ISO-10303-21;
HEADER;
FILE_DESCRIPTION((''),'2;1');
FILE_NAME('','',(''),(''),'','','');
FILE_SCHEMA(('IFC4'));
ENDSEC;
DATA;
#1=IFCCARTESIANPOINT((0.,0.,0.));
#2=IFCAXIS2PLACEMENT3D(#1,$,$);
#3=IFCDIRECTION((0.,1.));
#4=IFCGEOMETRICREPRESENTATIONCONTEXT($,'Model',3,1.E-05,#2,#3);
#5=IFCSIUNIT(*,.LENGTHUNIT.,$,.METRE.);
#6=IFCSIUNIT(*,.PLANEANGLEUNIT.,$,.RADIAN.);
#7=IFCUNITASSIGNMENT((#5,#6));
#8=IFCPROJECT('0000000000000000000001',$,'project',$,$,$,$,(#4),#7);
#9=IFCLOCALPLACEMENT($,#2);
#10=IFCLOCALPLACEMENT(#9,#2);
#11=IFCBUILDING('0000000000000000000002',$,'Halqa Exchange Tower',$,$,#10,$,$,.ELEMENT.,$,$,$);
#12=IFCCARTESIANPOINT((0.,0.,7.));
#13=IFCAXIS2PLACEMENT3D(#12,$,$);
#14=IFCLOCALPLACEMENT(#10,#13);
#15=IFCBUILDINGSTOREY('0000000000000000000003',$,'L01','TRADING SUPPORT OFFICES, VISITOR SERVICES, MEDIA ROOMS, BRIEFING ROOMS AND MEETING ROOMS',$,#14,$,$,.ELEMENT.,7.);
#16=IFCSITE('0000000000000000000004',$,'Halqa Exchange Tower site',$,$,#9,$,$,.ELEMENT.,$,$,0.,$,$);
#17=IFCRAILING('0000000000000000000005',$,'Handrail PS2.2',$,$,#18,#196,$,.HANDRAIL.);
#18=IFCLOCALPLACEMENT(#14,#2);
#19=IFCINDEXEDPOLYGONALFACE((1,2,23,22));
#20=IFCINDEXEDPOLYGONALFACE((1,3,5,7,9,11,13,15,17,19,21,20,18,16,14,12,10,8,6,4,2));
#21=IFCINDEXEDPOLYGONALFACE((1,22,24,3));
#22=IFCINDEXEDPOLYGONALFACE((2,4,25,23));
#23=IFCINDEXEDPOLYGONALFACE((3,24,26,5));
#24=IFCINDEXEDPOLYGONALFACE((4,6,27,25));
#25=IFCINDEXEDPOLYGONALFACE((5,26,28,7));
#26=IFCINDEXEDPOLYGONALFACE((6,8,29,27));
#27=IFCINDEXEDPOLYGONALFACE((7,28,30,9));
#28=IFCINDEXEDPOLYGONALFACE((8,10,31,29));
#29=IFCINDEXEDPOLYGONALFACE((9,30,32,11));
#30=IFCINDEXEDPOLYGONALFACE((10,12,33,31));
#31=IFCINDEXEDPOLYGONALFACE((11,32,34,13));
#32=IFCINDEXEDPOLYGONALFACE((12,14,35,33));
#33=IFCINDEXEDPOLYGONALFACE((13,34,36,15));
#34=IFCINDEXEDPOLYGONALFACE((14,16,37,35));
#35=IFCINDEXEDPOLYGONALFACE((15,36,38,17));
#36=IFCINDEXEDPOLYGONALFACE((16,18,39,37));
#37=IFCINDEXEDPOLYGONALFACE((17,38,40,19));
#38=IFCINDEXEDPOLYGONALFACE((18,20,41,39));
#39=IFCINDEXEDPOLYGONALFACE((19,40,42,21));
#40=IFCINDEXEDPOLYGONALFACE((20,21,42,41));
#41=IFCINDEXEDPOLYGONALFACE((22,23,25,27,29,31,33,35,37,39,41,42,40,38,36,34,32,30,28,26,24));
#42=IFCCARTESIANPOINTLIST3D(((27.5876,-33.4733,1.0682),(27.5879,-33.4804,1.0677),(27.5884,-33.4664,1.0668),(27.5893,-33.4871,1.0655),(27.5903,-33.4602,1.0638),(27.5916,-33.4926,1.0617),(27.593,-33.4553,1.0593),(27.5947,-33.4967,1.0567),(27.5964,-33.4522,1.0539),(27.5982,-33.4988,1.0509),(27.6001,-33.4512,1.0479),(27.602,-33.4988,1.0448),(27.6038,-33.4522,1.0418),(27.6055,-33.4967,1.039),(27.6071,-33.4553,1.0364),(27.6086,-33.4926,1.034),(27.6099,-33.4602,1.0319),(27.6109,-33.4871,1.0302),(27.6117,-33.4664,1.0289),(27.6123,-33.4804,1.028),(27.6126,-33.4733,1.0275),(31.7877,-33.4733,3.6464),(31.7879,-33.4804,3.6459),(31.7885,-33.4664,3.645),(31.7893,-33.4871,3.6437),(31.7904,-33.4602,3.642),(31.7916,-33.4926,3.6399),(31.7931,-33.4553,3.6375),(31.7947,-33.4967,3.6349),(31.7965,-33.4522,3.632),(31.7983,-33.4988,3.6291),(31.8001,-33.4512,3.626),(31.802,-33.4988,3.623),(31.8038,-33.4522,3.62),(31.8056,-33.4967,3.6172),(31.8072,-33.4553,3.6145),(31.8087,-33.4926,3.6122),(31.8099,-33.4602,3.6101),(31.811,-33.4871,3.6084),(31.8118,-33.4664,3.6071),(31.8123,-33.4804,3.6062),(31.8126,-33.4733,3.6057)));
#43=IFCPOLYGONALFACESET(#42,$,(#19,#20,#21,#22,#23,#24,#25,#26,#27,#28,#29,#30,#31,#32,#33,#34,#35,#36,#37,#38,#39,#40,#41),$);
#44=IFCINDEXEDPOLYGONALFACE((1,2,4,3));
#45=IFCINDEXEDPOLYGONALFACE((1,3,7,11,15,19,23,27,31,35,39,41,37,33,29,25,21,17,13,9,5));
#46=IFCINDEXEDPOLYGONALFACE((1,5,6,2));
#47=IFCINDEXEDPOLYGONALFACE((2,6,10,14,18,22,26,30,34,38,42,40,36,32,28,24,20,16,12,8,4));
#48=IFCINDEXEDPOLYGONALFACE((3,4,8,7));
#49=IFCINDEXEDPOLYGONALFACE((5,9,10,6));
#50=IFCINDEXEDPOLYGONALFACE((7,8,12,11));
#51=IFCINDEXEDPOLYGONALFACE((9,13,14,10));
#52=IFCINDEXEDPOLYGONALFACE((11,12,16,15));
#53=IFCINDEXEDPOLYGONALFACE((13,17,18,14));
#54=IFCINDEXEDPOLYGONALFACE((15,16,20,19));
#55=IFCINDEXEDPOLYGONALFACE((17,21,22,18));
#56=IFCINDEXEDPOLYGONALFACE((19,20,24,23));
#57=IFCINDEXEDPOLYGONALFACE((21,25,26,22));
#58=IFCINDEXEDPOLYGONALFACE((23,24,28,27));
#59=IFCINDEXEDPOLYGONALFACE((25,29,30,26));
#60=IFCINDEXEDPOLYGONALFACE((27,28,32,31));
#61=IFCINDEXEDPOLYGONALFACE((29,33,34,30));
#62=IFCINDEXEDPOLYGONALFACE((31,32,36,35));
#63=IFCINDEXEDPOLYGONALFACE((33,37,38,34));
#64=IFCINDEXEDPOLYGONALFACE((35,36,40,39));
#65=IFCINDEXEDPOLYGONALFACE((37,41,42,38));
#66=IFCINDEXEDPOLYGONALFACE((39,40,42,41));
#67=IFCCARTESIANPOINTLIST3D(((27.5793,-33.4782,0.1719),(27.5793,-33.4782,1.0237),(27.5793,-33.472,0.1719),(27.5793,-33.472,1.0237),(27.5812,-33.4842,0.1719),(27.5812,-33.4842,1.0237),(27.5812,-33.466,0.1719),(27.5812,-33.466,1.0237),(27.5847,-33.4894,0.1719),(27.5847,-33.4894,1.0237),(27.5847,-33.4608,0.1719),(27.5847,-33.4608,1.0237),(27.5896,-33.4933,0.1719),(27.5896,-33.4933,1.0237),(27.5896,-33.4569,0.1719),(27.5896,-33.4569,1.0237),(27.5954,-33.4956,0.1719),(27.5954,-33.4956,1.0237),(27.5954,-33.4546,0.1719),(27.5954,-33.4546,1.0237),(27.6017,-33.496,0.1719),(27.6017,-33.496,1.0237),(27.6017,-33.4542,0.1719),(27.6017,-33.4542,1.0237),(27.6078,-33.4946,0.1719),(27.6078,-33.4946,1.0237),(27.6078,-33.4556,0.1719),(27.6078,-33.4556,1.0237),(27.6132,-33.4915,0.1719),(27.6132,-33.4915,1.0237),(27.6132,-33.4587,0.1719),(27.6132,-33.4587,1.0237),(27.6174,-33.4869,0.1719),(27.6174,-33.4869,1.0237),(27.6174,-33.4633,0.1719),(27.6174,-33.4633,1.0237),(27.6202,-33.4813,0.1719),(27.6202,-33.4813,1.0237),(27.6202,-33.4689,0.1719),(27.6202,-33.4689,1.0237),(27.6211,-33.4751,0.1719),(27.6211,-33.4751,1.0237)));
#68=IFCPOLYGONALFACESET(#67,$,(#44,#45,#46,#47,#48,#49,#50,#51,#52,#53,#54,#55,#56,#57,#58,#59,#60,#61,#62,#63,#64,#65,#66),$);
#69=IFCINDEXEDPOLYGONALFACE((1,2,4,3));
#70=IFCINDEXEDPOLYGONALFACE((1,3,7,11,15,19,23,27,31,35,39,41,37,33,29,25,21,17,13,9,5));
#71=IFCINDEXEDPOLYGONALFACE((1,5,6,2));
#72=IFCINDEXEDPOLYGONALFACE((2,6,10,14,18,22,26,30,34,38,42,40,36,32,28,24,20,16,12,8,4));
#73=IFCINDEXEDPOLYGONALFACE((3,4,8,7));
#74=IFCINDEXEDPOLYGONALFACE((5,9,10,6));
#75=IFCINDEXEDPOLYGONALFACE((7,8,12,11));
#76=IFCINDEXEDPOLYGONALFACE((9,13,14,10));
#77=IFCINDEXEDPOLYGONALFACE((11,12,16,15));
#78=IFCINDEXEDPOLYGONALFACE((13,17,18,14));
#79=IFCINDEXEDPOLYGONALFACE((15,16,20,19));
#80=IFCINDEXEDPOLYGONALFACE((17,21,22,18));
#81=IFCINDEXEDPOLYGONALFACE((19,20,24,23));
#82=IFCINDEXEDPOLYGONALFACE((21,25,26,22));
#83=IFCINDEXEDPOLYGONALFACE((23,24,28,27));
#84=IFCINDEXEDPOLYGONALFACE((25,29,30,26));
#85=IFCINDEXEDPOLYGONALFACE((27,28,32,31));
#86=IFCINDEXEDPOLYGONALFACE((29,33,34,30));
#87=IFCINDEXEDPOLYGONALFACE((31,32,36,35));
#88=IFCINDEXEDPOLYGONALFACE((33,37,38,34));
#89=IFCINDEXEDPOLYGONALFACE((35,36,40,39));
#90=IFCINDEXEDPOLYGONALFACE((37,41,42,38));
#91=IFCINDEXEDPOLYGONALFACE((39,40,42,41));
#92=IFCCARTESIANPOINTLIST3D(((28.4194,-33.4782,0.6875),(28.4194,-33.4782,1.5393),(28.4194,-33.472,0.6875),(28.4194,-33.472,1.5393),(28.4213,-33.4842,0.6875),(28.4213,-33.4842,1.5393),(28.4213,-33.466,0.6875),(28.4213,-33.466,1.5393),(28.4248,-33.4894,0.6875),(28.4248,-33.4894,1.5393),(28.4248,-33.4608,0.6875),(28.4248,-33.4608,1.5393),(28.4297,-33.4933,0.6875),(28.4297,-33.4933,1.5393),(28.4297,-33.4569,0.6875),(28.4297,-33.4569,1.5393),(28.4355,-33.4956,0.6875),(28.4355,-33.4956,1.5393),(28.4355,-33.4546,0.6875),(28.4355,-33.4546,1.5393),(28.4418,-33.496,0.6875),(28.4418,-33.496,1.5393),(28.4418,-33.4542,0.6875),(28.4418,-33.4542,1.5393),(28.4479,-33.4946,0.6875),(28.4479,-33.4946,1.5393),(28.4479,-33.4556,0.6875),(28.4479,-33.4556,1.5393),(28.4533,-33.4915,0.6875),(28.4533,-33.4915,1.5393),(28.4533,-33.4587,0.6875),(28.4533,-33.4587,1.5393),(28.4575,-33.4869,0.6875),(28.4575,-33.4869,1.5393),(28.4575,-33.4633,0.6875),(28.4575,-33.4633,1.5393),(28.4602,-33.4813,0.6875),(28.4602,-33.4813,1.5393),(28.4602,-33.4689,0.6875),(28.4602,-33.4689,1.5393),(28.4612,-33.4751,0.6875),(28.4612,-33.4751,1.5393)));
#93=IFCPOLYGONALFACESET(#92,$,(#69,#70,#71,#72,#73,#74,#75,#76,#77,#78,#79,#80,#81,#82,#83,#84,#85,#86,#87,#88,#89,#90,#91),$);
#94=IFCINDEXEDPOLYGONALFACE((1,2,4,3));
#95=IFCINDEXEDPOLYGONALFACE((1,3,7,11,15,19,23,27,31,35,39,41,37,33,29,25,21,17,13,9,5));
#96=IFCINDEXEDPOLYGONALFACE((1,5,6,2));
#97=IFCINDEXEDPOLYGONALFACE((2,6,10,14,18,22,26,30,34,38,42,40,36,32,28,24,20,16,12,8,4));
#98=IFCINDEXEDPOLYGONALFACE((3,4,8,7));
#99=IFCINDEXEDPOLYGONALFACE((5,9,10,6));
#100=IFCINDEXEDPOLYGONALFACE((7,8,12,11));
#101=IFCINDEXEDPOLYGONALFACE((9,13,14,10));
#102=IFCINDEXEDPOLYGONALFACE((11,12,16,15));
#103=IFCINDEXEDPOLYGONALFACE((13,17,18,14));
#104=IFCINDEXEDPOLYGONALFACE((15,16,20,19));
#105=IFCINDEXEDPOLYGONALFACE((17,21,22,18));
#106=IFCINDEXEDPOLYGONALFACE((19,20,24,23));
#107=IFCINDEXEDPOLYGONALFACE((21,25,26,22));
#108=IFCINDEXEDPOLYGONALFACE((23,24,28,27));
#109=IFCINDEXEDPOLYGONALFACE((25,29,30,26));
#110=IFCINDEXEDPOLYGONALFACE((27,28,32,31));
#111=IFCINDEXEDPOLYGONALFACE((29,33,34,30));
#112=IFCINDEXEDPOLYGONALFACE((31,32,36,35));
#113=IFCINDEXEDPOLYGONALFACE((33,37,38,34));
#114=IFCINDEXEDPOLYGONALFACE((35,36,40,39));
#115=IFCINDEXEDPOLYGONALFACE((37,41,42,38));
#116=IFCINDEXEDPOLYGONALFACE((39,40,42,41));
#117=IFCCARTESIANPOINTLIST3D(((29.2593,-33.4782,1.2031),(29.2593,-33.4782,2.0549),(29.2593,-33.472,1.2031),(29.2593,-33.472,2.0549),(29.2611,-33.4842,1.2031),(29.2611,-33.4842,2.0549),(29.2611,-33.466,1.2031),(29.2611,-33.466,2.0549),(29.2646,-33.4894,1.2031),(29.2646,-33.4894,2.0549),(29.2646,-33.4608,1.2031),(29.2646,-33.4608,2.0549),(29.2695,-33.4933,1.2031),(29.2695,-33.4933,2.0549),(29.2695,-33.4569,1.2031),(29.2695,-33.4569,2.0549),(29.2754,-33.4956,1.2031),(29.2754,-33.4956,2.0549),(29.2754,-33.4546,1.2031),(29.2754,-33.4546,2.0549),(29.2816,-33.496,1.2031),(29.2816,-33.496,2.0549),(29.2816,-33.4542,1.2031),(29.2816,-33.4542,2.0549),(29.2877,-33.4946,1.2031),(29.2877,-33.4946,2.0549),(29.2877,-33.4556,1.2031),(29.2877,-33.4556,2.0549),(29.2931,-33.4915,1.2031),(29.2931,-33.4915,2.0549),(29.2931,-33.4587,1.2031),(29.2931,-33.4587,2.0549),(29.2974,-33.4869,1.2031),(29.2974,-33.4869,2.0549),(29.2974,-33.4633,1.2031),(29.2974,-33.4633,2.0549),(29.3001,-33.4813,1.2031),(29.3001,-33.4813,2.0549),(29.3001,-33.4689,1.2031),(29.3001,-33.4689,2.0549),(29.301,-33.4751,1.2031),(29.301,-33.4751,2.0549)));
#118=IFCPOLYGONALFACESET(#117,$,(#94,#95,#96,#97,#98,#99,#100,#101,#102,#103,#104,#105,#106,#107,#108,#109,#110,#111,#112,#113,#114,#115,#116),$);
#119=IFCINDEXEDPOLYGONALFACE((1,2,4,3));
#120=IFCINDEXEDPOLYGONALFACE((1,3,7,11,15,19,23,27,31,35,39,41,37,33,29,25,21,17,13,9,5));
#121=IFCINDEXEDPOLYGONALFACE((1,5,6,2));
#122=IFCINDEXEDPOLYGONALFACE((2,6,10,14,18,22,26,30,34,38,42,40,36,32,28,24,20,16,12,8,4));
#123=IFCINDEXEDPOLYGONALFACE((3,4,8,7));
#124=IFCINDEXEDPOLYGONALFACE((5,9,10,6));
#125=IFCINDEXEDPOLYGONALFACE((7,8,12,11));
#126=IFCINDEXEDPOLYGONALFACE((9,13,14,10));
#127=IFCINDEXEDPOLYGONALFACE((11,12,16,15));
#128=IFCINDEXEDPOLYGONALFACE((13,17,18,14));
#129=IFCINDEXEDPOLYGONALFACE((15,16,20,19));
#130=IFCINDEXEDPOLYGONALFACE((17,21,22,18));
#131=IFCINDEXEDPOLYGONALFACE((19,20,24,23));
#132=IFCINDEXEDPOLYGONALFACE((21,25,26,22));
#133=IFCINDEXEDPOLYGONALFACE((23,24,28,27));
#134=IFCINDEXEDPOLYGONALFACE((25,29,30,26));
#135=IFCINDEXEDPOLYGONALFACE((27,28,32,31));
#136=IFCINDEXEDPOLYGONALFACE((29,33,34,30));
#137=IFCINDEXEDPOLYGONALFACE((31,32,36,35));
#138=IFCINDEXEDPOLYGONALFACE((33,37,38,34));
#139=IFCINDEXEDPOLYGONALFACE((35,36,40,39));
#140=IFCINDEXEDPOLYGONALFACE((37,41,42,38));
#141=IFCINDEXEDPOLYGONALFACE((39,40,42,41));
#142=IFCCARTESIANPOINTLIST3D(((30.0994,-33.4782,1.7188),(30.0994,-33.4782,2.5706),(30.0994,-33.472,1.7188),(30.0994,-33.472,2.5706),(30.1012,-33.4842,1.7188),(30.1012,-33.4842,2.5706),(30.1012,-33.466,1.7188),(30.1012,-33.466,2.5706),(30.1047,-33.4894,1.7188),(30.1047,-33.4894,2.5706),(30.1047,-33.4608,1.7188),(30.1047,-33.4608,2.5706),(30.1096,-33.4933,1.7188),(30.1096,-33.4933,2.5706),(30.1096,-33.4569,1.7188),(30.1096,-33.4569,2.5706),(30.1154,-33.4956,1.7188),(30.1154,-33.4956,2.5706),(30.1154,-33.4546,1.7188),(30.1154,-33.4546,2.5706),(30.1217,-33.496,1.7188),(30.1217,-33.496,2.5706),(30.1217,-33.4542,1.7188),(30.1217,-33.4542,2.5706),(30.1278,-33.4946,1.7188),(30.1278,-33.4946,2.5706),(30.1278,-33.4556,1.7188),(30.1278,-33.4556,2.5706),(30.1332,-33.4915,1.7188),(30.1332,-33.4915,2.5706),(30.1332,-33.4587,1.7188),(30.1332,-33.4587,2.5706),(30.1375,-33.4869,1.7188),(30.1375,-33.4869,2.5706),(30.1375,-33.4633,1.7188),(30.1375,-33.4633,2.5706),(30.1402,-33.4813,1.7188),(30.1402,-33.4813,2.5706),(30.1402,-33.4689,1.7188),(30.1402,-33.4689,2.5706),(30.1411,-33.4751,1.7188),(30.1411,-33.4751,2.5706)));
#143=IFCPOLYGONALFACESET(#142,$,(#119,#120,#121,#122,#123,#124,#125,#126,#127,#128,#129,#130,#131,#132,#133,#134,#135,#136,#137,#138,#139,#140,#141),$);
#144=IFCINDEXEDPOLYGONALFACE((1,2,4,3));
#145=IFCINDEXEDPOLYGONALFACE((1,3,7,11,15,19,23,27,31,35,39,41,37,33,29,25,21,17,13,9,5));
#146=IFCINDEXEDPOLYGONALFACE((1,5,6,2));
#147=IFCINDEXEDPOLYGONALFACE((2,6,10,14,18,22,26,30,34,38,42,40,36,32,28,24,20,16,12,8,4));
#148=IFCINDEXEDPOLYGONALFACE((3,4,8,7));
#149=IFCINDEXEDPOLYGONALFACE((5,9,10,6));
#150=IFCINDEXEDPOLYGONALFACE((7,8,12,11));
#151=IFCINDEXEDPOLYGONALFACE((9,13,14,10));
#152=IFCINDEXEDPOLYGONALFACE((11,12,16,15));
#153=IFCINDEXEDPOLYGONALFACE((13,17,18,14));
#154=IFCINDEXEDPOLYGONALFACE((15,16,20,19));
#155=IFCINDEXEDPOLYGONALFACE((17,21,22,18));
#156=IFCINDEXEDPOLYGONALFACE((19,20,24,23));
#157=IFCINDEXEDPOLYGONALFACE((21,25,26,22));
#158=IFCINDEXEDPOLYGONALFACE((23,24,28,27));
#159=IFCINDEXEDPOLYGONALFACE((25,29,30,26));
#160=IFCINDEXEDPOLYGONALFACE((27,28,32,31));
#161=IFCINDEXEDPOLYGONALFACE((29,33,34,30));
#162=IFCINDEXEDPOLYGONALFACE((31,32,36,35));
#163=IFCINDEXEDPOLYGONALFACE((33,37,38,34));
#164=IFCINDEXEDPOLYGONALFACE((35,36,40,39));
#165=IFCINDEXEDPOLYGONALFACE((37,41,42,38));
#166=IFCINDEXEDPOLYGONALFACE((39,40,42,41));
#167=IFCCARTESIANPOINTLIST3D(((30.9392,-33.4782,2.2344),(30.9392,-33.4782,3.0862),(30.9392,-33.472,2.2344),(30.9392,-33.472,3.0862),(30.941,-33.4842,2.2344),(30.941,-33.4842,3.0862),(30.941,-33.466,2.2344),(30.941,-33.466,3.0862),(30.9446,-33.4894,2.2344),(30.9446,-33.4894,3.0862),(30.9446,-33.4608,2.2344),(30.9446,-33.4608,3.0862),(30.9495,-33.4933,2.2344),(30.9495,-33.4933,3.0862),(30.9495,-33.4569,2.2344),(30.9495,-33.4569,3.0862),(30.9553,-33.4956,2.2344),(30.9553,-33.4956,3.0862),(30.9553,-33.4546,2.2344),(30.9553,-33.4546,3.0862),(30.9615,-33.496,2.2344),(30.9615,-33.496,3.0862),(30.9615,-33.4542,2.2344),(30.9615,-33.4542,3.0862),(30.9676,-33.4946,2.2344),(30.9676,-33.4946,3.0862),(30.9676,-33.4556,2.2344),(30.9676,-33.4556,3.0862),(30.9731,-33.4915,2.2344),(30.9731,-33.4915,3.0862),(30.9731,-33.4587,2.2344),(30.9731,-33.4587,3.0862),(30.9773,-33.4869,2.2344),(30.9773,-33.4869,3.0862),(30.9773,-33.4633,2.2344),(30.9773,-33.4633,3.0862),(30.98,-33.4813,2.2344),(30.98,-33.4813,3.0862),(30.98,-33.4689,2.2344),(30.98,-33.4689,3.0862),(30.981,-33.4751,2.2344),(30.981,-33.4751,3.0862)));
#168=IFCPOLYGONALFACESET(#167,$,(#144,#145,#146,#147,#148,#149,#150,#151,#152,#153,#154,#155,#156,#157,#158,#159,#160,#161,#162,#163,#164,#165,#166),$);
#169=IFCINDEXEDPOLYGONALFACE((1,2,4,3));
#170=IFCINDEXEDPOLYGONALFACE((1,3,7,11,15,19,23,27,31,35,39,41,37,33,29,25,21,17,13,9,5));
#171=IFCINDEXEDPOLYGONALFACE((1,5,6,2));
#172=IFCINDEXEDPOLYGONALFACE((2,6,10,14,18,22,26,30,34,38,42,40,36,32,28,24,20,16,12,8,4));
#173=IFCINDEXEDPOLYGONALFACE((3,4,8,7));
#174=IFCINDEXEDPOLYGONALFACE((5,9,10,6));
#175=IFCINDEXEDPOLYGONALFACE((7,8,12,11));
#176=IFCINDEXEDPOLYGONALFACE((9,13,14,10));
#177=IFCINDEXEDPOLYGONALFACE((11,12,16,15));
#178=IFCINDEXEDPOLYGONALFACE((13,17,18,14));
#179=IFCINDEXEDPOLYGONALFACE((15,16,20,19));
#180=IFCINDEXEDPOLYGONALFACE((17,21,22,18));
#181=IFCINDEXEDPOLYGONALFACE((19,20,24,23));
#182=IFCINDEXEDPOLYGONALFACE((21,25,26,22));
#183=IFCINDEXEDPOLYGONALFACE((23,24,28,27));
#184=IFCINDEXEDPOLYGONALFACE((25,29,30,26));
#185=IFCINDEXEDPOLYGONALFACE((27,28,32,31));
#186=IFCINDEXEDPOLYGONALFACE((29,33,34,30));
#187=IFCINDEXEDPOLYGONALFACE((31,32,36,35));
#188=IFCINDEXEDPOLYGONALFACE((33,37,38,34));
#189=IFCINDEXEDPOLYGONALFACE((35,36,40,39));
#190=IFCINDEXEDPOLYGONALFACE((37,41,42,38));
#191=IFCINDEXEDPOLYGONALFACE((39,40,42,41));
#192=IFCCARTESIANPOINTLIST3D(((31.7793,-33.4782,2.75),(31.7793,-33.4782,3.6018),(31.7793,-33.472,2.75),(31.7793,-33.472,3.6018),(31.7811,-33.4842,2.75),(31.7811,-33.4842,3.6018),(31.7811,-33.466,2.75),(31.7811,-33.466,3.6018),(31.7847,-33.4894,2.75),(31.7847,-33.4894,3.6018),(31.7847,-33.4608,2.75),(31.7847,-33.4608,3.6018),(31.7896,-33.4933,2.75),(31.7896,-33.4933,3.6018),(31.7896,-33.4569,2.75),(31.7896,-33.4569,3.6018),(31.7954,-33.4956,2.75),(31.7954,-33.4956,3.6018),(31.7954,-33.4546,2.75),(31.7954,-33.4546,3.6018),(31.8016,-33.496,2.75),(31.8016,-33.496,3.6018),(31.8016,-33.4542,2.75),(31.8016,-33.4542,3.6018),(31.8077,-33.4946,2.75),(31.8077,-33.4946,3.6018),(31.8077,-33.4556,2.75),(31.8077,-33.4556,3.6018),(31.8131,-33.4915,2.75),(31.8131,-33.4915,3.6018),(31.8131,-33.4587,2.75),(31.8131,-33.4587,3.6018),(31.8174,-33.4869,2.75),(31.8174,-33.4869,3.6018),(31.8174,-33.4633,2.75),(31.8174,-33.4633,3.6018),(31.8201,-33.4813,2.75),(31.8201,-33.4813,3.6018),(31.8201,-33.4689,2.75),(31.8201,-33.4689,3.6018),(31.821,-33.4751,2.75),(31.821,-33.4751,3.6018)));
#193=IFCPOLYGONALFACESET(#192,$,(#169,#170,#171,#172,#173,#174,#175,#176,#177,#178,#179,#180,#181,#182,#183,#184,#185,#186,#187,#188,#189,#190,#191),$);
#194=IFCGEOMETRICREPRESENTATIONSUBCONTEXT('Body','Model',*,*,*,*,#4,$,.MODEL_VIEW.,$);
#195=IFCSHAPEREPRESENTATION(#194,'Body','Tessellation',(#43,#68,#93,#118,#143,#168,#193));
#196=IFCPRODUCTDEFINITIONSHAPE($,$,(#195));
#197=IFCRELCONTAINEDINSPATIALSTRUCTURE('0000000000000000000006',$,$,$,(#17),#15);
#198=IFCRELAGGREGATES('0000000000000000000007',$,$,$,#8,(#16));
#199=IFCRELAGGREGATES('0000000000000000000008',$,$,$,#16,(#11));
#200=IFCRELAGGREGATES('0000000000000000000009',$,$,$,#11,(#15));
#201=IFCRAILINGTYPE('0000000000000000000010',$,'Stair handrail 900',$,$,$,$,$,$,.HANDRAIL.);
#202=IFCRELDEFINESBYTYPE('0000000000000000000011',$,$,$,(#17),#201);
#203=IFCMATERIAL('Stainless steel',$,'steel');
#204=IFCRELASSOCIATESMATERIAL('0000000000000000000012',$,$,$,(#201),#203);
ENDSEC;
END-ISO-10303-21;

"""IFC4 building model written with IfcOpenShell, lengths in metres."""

from ifc_helpers import new_model, si_unit, direction, frame, origin, origin_2d, place, context, subcontext, project, spatial, circle, extrude, material, type_object, element, save


model = new_model("IFC4")

# Units and contexts
model_context = context("Model", 3, precision=1e-05, world=origin(), true_north=direction((0.0, 1.0)))
body_context = subcontext(model_context, "Body", "Model", "MODEL_VIEW")
ifc_project = project(units=[si_unit("LENGTHUNIT", "METRE"), si_unit("PLANEANGLEUNIT", "RADIAN")], contexts=[model_context])

# Site, building, storey
site_placement = place(None, origin())
site = spatial("IfcSite", under=ifc_project, at=site_placement, Name="Halqa Exchange Tower site", CompositionType="ELEMENT", RefElevation=0.0)
building_placement = place(site_placement, origin())
building = spatial("IfcBuilding", under=site, at=building_placement, Name="Halqa Exchange Tower", CompositionType="ELEMENT")
storey_placement = place(building_placement, frame((0.0, 0.0, 7.0)))
storey = spatial("IfcBuildingStorey", under=building, at=storey_placement, Name="L01", Description="TRADING SUPPORT OFFICES, VISITOR SERVICES, MEDIA ROOMS, BRIEFING ROOMS AND MEETING ROOMS", CompositionType="ELEMENT", Elevation=7.0)

# Railing
ifc_material_1 = material(Name="Stainless steel", Category="steel")
railing_type = type_object("IfcRailingType", Name="Stair handrail 900", PredefinedType="HANDRAIL", material=ifc_material_1)
railing_1_placement = place(storey_placement, frame((27.6001, -33.4751, 0.1719)))
element("IfcRailing", 1, at=railing_1_placement, inside=storey, type_object=railing_type, Name="Handrail PS2.2", PredefinedType="HANDRAIL", context=body_context, shape_type="SweptSolid", body=[
    extrude(circle(Radius=0.0239, at=origin_2d()), frame((0.0, 0.0, 0.876), z_axis=(0.852243, 0.0, 0.523146), x_axis=(0.0, 1.0, 0.0)), (0.0, 0.0, 1.0), 4.9282),
    extrude(circle(Radius=0.021, at=origin_2d()), origin(), (0.0, 0.0, 1.0), 0.8518),
    extrude(circle(Radius=0.021, at=origin_2d()), frame((0.8401, 0.0, 0.5156)), (0.0, 0.0, 1.0), 0.8518),
    extrude(circle(Radius=0.021, at=origin_2d()), frame((1.6799, 0.0, 1.0312)), (0.0, 0.0, 1.0), 0.8518),
    extrude(circle(Radius=0.021, at=origin_2d()), frame((2.52, 0.0, 1.5469)), (0.0, 0.0, 1.0), 0.8518),
    extrude(circle(Radius=0.021, at=origin_2d()), frame((3.3599, 0.0, 2.0625)), (0.0, 0.0, 1.0), 0.8518),
    extrude(circle(Radius=0.021, at=origin_2d()), frame((4.2, 0.0, 2.5781)), (0.0, 0.0, 1.0), 0.8518),
])

save(model, "model.ifc")
